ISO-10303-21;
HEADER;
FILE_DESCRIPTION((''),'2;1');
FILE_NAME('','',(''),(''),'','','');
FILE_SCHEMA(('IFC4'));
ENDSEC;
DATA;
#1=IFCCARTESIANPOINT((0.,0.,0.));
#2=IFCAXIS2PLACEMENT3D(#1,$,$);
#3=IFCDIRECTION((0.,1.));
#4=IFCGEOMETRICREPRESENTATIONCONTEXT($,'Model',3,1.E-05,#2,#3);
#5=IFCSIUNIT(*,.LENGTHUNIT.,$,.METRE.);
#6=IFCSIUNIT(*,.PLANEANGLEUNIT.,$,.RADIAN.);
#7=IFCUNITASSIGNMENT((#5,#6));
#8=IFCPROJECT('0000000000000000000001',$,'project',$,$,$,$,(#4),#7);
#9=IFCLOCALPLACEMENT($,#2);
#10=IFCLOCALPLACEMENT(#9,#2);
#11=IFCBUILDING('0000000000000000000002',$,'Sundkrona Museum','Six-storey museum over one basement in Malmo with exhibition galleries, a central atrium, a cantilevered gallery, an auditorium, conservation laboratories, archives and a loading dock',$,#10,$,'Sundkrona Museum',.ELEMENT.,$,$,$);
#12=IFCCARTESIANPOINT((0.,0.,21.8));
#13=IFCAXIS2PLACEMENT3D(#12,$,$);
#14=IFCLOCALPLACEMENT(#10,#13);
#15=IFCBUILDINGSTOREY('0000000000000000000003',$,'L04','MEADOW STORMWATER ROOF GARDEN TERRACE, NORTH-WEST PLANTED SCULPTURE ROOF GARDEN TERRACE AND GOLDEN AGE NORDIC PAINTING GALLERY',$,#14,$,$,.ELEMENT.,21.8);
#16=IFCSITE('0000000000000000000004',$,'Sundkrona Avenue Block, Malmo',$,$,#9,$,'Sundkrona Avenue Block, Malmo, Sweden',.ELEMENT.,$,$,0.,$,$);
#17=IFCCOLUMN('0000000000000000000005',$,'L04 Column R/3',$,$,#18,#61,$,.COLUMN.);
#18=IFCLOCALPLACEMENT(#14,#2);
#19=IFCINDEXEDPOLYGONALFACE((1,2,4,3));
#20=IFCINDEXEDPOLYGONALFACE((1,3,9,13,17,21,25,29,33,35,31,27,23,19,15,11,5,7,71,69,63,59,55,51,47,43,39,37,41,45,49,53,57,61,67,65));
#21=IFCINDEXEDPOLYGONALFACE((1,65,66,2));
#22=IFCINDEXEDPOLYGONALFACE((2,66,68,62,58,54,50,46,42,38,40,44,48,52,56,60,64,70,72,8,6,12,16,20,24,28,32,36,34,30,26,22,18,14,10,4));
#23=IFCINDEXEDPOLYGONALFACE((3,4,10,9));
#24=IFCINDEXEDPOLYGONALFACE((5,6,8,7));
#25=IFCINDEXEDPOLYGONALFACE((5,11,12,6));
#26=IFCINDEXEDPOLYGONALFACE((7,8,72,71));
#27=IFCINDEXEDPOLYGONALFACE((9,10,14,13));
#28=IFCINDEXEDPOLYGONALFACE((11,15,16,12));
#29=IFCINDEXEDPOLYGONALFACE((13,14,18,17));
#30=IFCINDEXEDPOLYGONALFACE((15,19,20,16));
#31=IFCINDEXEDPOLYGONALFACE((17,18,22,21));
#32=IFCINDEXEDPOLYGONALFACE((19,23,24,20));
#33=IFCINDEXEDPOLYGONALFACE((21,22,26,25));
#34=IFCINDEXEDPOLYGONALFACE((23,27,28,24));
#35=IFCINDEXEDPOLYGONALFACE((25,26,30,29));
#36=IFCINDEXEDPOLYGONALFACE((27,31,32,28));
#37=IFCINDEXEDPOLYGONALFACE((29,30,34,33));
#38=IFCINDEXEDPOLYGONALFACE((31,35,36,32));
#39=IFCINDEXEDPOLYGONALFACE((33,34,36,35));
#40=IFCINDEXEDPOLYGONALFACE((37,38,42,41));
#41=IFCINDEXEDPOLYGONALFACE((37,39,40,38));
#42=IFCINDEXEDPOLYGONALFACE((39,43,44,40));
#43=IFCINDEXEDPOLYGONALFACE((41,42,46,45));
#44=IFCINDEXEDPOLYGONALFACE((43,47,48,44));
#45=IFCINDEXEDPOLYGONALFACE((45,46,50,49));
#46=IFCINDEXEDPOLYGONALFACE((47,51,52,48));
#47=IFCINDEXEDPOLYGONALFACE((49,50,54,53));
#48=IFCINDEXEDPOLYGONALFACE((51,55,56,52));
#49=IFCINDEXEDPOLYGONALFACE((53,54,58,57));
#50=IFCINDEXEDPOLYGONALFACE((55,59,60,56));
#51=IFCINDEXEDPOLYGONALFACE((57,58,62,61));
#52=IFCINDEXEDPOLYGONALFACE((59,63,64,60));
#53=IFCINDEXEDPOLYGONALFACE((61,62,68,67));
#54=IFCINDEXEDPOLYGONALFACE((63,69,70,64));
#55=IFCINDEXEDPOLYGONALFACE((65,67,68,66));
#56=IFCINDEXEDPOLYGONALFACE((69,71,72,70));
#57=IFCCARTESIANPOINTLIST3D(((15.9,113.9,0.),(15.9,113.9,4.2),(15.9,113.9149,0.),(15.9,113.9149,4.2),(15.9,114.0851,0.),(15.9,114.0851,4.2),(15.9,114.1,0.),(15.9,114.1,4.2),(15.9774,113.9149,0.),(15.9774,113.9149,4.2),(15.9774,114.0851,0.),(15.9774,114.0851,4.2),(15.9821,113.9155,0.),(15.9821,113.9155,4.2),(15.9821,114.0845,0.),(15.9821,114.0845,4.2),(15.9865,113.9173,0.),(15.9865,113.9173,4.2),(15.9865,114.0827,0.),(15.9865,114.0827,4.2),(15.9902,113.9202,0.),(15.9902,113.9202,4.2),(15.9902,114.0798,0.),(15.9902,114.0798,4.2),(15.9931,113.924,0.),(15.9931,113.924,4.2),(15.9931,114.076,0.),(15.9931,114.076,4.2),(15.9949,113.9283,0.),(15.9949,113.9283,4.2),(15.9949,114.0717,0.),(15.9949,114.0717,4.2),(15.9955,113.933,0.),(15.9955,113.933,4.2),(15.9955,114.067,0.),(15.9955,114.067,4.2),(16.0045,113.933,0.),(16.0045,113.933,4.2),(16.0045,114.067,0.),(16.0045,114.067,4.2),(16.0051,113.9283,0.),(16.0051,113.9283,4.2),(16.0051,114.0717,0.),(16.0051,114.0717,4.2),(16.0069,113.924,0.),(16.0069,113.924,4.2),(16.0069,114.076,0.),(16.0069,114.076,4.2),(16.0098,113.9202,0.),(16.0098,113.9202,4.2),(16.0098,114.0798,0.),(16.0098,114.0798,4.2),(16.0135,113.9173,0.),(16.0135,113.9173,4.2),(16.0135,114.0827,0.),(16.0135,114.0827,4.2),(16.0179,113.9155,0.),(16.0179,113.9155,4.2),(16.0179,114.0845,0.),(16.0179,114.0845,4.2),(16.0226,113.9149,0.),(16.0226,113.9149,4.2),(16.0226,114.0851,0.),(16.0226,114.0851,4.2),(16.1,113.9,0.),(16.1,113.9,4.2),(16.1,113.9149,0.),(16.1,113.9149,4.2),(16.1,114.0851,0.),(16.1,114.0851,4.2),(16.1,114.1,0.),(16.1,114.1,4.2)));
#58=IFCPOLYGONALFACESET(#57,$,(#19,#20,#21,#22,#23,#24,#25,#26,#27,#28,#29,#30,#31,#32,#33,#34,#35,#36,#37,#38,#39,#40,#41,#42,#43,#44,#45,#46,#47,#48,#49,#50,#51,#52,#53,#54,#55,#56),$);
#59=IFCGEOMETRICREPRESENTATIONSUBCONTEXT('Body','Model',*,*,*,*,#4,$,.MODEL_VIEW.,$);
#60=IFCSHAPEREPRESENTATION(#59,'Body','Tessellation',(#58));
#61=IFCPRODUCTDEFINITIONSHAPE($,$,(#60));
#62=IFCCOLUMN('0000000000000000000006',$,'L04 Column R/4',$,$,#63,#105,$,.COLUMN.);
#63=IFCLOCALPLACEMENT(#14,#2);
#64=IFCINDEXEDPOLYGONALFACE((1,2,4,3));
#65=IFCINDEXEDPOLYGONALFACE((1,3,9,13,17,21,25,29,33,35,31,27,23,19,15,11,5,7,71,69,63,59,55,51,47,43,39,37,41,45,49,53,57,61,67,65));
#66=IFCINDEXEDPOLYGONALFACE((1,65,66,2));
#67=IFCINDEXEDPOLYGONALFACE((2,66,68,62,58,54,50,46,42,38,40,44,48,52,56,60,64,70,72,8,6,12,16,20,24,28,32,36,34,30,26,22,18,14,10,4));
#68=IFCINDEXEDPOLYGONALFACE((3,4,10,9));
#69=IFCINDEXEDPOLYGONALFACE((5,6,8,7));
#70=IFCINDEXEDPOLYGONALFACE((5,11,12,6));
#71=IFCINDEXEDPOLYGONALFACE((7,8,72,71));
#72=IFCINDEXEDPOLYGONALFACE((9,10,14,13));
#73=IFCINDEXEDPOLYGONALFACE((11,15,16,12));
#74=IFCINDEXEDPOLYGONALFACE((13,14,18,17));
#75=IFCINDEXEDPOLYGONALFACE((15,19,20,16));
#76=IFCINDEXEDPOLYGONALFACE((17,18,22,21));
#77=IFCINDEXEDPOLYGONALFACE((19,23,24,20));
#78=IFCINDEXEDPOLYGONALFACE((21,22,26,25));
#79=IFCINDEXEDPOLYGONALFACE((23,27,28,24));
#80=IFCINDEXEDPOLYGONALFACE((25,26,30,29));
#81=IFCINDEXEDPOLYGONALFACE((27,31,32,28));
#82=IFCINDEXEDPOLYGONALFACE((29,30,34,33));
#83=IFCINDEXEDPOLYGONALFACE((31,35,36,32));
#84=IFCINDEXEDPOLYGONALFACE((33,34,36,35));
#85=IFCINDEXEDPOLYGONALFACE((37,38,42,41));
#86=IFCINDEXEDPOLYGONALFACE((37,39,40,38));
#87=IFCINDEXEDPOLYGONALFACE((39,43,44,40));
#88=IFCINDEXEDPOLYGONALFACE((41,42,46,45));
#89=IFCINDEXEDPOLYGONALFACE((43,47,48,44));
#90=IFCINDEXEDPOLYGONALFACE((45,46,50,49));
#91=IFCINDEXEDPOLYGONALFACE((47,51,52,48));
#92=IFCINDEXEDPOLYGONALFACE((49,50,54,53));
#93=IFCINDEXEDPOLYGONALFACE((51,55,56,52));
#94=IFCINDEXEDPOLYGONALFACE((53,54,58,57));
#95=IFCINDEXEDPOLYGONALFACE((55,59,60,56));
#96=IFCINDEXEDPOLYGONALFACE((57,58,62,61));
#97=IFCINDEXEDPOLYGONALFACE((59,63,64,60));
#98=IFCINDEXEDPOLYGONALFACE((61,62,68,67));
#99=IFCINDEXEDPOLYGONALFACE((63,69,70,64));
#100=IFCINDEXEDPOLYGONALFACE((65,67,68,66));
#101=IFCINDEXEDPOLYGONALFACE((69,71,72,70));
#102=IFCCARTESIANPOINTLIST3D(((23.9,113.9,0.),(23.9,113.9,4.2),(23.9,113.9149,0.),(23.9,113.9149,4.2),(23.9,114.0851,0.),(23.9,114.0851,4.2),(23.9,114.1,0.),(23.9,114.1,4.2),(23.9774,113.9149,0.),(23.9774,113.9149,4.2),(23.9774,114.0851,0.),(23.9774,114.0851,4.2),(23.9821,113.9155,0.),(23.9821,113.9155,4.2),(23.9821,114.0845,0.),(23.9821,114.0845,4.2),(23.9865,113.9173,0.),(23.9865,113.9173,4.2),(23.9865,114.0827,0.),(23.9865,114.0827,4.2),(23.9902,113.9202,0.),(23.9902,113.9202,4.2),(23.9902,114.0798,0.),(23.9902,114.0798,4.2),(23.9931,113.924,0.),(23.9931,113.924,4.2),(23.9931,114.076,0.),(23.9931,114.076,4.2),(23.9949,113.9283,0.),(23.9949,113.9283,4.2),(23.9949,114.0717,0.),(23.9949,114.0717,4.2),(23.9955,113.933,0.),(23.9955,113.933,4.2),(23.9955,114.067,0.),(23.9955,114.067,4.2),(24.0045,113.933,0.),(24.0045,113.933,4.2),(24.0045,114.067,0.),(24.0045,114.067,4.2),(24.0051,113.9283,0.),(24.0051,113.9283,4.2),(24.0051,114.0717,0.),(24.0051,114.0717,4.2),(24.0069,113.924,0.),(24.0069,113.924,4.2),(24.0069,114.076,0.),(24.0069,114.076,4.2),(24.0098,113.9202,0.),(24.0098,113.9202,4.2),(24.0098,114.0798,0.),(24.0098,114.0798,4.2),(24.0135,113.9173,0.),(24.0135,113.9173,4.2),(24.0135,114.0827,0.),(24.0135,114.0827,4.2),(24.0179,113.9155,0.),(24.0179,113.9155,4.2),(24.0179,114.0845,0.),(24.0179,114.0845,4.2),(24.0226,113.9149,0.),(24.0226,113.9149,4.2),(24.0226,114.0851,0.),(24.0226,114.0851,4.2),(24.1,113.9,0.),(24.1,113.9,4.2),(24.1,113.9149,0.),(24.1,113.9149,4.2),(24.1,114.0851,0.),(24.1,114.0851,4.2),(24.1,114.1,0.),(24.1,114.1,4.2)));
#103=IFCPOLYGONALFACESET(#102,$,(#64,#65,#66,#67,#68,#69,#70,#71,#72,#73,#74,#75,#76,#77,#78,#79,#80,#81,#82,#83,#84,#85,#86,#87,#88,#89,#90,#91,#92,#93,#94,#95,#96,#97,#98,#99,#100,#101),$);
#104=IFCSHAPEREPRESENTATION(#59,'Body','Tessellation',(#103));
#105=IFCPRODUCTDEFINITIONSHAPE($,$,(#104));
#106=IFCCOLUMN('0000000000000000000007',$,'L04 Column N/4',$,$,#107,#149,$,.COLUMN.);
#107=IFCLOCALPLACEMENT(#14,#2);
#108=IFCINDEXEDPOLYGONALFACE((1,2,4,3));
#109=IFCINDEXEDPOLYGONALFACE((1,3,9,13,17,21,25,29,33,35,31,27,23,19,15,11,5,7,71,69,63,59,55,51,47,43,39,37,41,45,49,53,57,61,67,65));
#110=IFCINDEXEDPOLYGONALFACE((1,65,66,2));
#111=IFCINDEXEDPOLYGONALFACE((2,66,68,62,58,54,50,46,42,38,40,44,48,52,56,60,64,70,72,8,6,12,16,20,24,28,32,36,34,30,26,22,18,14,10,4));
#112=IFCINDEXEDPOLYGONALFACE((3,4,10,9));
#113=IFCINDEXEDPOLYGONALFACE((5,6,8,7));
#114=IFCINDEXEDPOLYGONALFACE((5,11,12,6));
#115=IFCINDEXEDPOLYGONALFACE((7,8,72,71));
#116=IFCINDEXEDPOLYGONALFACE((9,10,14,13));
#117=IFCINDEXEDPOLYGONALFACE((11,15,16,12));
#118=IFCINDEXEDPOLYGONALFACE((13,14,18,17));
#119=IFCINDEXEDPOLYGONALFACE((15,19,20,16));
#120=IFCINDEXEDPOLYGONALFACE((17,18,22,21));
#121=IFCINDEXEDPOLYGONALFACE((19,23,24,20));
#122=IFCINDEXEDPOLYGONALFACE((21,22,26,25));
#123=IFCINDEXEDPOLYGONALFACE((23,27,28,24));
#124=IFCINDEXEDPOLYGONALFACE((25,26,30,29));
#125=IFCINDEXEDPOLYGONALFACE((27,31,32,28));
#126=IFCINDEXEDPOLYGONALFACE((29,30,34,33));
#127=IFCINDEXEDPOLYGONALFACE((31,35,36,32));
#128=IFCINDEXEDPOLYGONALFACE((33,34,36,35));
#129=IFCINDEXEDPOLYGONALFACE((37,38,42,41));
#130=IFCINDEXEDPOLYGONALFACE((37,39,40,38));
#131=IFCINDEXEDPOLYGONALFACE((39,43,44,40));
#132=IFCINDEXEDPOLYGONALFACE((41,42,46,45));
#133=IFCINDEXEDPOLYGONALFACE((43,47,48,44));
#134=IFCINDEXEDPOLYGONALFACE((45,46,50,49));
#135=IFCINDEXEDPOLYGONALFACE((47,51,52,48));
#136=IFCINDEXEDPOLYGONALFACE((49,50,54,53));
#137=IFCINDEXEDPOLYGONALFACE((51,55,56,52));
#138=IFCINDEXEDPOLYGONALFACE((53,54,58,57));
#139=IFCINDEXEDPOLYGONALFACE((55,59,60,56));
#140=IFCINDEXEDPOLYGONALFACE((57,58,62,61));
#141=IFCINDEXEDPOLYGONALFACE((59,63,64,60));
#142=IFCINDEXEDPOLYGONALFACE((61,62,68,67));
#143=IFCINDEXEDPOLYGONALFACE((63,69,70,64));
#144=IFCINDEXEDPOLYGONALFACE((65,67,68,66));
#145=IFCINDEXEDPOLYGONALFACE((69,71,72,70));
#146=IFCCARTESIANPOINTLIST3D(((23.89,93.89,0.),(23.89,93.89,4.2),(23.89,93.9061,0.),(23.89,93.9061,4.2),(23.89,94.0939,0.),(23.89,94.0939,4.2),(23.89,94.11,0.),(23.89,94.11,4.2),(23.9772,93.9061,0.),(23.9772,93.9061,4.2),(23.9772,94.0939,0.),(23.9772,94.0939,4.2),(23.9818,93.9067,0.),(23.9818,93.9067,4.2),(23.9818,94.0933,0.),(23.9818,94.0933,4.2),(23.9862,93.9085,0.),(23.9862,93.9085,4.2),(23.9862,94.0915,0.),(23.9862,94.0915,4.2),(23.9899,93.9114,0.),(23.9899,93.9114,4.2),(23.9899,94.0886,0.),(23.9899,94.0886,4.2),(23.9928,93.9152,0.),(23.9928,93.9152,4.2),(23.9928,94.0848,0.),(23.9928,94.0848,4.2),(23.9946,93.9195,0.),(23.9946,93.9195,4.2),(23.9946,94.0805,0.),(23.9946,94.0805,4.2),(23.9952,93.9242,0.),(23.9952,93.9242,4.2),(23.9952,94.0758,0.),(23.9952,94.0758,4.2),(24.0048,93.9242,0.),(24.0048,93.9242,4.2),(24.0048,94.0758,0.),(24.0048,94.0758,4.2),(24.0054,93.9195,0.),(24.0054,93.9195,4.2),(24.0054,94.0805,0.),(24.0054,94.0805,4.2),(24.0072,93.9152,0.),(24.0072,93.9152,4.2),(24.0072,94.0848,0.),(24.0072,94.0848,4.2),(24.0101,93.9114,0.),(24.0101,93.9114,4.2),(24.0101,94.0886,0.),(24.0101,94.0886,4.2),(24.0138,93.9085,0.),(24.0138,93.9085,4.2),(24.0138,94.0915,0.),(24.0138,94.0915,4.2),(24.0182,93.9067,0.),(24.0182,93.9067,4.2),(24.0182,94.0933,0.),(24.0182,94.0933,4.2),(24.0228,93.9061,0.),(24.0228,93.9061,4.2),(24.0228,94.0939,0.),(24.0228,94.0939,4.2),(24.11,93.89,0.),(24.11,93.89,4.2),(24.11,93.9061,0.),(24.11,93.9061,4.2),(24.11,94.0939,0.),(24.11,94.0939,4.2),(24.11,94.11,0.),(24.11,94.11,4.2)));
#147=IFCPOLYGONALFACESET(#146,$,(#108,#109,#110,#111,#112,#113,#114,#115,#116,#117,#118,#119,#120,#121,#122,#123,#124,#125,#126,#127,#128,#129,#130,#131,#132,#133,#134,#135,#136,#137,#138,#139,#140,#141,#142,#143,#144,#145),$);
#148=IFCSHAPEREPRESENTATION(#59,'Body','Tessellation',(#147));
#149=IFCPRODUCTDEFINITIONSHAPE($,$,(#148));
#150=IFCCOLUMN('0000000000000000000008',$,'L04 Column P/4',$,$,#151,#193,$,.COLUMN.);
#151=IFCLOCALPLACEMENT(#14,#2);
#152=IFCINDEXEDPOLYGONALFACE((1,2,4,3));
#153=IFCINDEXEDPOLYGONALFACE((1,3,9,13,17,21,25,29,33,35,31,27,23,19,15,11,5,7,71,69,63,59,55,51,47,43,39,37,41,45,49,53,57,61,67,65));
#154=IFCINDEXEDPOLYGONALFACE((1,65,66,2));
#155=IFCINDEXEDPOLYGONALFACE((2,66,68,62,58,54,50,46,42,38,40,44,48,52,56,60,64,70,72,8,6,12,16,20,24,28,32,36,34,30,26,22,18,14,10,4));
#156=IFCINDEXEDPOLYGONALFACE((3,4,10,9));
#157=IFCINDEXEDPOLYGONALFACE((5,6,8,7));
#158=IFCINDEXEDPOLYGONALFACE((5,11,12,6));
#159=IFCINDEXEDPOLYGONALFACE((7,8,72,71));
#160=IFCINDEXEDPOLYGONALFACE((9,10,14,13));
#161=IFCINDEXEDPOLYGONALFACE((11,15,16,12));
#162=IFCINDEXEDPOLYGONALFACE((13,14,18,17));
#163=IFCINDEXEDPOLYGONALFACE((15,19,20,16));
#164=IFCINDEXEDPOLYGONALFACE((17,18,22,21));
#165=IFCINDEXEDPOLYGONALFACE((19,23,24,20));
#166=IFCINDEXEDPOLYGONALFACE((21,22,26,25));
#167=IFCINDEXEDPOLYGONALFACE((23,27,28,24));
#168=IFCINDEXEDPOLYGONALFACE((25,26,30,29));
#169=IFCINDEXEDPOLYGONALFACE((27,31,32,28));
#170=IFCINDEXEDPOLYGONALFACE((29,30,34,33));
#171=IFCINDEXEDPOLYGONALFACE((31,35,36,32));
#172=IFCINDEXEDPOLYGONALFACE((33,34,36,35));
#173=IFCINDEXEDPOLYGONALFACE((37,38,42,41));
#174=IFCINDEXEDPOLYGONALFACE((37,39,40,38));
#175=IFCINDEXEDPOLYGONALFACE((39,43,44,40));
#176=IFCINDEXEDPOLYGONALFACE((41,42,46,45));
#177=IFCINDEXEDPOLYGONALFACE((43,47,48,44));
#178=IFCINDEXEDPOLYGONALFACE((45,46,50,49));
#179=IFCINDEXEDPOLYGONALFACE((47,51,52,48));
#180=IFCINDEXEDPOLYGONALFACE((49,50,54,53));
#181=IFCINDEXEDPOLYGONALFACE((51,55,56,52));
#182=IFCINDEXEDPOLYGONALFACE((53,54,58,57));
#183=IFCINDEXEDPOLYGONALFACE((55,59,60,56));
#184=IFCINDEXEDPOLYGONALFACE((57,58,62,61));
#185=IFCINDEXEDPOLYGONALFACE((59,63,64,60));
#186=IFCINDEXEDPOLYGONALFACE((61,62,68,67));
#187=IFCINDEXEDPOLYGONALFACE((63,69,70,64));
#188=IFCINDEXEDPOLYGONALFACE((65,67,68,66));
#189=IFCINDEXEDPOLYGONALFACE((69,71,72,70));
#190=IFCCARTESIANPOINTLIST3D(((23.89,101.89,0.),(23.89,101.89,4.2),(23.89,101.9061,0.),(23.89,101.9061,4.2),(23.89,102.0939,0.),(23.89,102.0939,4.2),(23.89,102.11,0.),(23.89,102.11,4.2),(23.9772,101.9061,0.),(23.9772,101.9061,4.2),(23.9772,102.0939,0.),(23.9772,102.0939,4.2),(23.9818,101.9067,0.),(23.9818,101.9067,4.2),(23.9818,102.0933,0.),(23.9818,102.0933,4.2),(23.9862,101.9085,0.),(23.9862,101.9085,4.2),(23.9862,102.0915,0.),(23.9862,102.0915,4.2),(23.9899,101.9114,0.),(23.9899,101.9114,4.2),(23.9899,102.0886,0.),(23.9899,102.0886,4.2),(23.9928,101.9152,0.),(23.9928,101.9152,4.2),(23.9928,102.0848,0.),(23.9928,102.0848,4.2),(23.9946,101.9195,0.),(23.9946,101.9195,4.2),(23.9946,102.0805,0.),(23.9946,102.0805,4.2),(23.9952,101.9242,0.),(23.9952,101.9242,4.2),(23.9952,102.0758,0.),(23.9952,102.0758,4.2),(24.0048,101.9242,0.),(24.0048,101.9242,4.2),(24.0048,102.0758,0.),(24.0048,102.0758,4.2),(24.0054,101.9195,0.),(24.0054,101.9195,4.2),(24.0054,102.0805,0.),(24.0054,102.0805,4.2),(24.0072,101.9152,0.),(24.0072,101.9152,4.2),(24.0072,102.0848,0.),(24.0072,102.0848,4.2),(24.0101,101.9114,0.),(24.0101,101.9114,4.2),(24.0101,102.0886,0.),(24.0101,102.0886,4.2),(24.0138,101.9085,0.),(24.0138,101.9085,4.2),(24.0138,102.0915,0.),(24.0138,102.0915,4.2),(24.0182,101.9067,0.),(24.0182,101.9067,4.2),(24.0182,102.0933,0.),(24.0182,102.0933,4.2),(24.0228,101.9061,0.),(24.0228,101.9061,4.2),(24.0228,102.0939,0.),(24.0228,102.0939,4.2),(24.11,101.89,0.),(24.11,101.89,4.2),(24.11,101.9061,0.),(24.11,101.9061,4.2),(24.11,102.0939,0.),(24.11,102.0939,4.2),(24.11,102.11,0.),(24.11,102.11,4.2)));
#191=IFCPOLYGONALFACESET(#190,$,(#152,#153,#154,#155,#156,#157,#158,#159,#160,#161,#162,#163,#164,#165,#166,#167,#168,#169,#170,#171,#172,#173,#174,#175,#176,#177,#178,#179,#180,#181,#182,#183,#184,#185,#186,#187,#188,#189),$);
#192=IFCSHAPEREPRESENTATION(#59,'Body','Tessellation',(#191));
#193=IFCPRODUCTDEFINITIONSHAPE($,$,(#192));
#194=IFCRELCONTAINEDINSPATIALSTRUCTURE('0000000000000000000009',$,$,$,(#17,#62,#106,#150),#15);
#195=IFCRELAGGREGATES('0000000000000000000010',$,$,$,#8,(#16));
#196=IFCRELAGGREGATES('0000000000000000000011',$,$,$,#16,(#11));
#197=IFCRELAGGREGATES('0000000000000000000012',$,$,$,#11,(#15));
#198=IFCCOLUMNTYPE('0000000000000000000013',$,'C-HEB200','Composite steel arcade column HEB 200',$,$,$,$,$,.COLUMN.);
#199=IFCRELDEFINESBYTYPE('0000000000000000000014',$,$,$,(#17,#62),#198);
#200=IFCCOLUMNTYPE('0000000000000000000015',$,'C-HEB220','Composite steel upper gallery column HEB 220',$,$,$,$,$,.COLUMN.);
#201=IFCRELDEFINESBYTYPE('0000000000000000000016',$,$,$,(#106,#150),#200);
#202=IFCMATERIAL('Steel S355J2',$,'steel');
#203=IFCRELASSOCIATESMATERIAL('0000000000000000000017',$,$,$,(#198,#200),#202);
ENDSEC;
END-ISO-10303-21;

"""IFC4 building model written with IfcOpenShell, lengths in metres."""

from ifc_helpers import new_model, si_unit, direction, frame, origin, origin_2d, place, context, subcontext, project, spatial, i_section, extrude, material, material_profile, profile_set, type_object, element, save


model = new_model("IFC4")

# Units and contexts
model_context = context("Model", 3, precision=1e-05, world=origin(), true_north=direction((0.0, 1.0)))
body_context = subcontext(model_context, "Body", "Model", "MODEL_VIEW")
ifc_project = project(units=[si_unit("LENGTHUNIT", "METRE"), si_unit("PLANEANGLEUNIT", "RADIAN")], contexts=[model_context])

# Site, building, storey
site_placement = place(None, origin())
site = spatial("IfcSite", under=ifc_project, at=site_placement, Name="Sundkrona Avenue Block, Malmo", LongName="Sundkrona Avenue Block, Malmo, Sweden", CompositionType="ELEMENT", RefElevation=0.0)
building_placement = place(site_placement, origin())
building = spatial("IfcBuilding", under=site, at=building_placement, Name="Sundkrona Museum", Description="Six-storey museum over one basement in Malmo with exhibition galleries, a central atrium, a cantilevered gallery, an auditorium, conservation laboratories, archives and a loading dock", LongName="Sundkrona Museum", CompositionType="ELEMENT")
storey_placement = place(building_placement, frame((0.0, 0.0, 21.8)))
storey = spatial("IfcBuildingStorey", under=building, at=storey_placement, Name="L04", Description="MEADOW STORMWATER ROOF GARDEN TERRACE, NORTH-WEST PLANTED SCULPTURE ROOF GARDEN TERRACE AND GOLDEN AGE NORDIC PAINTING GALLERY", CompositionType="ELEMENT", Elevation=21.8)

# Columns
ifc_material_1 = material(Name="Steel S355J2", Category="steel")
ifc_material_profile_1 = material_profile(ifc_material_1, i_section(OverallWidth=0.2, OverallDepth=0.2, WebThickness=0.009, FlangeThickness=0.0149, FilletRadius=0.0181, at=origin_2d()), Name="HEB 200")
ifc_profile_set_1 = profile_set([ifc_material_profile_1], Name="Steel S355J2")
column_type_1 = type_object("IfcColumnType", Name="C-HEB200", Description="Composite steel arcade column HEB 200", PredefinedType="COLUMN", material=ifc_profile_set_1)
for number, where, z_axis, x_axis, name in (
    (1, (16.0, 114.0, 0.0), (0.0, 0.0, 1.0), (1.0, 0.0, 0.0), "L04 Column R/3"),
    (2, (24.0, 114.0, 0.0), (0.0, 0.0, 1.0), (1.0, 0.0, 0.0), "L04 Column R/4"),
):
    element("IfcColumn", number, at=place(storey_placement, frame(where, z_axis=z_axis, x_axis=x_axis)), inside=storey, type_object=column_type_1, Name=name, PredefinedType="COLUMN", context=body_context, shape_type="SweptSolid", body=[
        extrude(i_section(OverallWidth=0.2, OverallDepth=0.2, WebThickness=0.009, FlangeThickness=0.0149, FilletRadius=0.0181, at=origin_2d()), origin(), (0.0, 0.0, 1.0), 4.2),
    ])
ifc_material_profile_2 = material_profile(ifc_material_1, i_section(OverallWidth=0.22, OverallDepth=0.22, WebThickness=0.0095, FlangeThickness=0.0161, FilletRadius=0.0181, at=origin_2d()), Name="HEB 220")
ifc_profile_set_2 = profile_set([ifc_material_profile_2], Name="Steel S355J2")
column_type_2 = type_object("IfcColumnType", Name="C-HEB220", Description="Composite steel upper gallery column HEB 220", PredefinedType="COLUMN", material=ifc_profile_set_2)
for number, where, z_axis, x_axis, name in (
    (3, (24.0, 94.0, 0.0), (0.0, 0.0, 1.0), (1.0, 0.0, 0.0), "L04 Column N/4"),
    (4, (24.0, 102.0, 0.0), (0.0, 0.0, 1.0), (1.0, 0.0, 0.0), "L04 Column P/4"),
):
    element("IfcColumn", number, at=place(storey_placement, frame(where, z_axis=z_axis, x_axis=x_axis)), inside=storey, type_object=column_type_2, Name=name, PredefinedType="COLUMN", context=body_context, shape_type="SweptSolid", body=[
        extrude(i_section(OverallWidth=0.22, OverallDepth=0.22, WebThickness=0.0095, FlangeThickness=0.0161, FilletRadius=0.0181, at=origin_2d()), origin(), (0.0, 0.0, 1.0), 4.2),
    ])

save(model, "model.ifc")
